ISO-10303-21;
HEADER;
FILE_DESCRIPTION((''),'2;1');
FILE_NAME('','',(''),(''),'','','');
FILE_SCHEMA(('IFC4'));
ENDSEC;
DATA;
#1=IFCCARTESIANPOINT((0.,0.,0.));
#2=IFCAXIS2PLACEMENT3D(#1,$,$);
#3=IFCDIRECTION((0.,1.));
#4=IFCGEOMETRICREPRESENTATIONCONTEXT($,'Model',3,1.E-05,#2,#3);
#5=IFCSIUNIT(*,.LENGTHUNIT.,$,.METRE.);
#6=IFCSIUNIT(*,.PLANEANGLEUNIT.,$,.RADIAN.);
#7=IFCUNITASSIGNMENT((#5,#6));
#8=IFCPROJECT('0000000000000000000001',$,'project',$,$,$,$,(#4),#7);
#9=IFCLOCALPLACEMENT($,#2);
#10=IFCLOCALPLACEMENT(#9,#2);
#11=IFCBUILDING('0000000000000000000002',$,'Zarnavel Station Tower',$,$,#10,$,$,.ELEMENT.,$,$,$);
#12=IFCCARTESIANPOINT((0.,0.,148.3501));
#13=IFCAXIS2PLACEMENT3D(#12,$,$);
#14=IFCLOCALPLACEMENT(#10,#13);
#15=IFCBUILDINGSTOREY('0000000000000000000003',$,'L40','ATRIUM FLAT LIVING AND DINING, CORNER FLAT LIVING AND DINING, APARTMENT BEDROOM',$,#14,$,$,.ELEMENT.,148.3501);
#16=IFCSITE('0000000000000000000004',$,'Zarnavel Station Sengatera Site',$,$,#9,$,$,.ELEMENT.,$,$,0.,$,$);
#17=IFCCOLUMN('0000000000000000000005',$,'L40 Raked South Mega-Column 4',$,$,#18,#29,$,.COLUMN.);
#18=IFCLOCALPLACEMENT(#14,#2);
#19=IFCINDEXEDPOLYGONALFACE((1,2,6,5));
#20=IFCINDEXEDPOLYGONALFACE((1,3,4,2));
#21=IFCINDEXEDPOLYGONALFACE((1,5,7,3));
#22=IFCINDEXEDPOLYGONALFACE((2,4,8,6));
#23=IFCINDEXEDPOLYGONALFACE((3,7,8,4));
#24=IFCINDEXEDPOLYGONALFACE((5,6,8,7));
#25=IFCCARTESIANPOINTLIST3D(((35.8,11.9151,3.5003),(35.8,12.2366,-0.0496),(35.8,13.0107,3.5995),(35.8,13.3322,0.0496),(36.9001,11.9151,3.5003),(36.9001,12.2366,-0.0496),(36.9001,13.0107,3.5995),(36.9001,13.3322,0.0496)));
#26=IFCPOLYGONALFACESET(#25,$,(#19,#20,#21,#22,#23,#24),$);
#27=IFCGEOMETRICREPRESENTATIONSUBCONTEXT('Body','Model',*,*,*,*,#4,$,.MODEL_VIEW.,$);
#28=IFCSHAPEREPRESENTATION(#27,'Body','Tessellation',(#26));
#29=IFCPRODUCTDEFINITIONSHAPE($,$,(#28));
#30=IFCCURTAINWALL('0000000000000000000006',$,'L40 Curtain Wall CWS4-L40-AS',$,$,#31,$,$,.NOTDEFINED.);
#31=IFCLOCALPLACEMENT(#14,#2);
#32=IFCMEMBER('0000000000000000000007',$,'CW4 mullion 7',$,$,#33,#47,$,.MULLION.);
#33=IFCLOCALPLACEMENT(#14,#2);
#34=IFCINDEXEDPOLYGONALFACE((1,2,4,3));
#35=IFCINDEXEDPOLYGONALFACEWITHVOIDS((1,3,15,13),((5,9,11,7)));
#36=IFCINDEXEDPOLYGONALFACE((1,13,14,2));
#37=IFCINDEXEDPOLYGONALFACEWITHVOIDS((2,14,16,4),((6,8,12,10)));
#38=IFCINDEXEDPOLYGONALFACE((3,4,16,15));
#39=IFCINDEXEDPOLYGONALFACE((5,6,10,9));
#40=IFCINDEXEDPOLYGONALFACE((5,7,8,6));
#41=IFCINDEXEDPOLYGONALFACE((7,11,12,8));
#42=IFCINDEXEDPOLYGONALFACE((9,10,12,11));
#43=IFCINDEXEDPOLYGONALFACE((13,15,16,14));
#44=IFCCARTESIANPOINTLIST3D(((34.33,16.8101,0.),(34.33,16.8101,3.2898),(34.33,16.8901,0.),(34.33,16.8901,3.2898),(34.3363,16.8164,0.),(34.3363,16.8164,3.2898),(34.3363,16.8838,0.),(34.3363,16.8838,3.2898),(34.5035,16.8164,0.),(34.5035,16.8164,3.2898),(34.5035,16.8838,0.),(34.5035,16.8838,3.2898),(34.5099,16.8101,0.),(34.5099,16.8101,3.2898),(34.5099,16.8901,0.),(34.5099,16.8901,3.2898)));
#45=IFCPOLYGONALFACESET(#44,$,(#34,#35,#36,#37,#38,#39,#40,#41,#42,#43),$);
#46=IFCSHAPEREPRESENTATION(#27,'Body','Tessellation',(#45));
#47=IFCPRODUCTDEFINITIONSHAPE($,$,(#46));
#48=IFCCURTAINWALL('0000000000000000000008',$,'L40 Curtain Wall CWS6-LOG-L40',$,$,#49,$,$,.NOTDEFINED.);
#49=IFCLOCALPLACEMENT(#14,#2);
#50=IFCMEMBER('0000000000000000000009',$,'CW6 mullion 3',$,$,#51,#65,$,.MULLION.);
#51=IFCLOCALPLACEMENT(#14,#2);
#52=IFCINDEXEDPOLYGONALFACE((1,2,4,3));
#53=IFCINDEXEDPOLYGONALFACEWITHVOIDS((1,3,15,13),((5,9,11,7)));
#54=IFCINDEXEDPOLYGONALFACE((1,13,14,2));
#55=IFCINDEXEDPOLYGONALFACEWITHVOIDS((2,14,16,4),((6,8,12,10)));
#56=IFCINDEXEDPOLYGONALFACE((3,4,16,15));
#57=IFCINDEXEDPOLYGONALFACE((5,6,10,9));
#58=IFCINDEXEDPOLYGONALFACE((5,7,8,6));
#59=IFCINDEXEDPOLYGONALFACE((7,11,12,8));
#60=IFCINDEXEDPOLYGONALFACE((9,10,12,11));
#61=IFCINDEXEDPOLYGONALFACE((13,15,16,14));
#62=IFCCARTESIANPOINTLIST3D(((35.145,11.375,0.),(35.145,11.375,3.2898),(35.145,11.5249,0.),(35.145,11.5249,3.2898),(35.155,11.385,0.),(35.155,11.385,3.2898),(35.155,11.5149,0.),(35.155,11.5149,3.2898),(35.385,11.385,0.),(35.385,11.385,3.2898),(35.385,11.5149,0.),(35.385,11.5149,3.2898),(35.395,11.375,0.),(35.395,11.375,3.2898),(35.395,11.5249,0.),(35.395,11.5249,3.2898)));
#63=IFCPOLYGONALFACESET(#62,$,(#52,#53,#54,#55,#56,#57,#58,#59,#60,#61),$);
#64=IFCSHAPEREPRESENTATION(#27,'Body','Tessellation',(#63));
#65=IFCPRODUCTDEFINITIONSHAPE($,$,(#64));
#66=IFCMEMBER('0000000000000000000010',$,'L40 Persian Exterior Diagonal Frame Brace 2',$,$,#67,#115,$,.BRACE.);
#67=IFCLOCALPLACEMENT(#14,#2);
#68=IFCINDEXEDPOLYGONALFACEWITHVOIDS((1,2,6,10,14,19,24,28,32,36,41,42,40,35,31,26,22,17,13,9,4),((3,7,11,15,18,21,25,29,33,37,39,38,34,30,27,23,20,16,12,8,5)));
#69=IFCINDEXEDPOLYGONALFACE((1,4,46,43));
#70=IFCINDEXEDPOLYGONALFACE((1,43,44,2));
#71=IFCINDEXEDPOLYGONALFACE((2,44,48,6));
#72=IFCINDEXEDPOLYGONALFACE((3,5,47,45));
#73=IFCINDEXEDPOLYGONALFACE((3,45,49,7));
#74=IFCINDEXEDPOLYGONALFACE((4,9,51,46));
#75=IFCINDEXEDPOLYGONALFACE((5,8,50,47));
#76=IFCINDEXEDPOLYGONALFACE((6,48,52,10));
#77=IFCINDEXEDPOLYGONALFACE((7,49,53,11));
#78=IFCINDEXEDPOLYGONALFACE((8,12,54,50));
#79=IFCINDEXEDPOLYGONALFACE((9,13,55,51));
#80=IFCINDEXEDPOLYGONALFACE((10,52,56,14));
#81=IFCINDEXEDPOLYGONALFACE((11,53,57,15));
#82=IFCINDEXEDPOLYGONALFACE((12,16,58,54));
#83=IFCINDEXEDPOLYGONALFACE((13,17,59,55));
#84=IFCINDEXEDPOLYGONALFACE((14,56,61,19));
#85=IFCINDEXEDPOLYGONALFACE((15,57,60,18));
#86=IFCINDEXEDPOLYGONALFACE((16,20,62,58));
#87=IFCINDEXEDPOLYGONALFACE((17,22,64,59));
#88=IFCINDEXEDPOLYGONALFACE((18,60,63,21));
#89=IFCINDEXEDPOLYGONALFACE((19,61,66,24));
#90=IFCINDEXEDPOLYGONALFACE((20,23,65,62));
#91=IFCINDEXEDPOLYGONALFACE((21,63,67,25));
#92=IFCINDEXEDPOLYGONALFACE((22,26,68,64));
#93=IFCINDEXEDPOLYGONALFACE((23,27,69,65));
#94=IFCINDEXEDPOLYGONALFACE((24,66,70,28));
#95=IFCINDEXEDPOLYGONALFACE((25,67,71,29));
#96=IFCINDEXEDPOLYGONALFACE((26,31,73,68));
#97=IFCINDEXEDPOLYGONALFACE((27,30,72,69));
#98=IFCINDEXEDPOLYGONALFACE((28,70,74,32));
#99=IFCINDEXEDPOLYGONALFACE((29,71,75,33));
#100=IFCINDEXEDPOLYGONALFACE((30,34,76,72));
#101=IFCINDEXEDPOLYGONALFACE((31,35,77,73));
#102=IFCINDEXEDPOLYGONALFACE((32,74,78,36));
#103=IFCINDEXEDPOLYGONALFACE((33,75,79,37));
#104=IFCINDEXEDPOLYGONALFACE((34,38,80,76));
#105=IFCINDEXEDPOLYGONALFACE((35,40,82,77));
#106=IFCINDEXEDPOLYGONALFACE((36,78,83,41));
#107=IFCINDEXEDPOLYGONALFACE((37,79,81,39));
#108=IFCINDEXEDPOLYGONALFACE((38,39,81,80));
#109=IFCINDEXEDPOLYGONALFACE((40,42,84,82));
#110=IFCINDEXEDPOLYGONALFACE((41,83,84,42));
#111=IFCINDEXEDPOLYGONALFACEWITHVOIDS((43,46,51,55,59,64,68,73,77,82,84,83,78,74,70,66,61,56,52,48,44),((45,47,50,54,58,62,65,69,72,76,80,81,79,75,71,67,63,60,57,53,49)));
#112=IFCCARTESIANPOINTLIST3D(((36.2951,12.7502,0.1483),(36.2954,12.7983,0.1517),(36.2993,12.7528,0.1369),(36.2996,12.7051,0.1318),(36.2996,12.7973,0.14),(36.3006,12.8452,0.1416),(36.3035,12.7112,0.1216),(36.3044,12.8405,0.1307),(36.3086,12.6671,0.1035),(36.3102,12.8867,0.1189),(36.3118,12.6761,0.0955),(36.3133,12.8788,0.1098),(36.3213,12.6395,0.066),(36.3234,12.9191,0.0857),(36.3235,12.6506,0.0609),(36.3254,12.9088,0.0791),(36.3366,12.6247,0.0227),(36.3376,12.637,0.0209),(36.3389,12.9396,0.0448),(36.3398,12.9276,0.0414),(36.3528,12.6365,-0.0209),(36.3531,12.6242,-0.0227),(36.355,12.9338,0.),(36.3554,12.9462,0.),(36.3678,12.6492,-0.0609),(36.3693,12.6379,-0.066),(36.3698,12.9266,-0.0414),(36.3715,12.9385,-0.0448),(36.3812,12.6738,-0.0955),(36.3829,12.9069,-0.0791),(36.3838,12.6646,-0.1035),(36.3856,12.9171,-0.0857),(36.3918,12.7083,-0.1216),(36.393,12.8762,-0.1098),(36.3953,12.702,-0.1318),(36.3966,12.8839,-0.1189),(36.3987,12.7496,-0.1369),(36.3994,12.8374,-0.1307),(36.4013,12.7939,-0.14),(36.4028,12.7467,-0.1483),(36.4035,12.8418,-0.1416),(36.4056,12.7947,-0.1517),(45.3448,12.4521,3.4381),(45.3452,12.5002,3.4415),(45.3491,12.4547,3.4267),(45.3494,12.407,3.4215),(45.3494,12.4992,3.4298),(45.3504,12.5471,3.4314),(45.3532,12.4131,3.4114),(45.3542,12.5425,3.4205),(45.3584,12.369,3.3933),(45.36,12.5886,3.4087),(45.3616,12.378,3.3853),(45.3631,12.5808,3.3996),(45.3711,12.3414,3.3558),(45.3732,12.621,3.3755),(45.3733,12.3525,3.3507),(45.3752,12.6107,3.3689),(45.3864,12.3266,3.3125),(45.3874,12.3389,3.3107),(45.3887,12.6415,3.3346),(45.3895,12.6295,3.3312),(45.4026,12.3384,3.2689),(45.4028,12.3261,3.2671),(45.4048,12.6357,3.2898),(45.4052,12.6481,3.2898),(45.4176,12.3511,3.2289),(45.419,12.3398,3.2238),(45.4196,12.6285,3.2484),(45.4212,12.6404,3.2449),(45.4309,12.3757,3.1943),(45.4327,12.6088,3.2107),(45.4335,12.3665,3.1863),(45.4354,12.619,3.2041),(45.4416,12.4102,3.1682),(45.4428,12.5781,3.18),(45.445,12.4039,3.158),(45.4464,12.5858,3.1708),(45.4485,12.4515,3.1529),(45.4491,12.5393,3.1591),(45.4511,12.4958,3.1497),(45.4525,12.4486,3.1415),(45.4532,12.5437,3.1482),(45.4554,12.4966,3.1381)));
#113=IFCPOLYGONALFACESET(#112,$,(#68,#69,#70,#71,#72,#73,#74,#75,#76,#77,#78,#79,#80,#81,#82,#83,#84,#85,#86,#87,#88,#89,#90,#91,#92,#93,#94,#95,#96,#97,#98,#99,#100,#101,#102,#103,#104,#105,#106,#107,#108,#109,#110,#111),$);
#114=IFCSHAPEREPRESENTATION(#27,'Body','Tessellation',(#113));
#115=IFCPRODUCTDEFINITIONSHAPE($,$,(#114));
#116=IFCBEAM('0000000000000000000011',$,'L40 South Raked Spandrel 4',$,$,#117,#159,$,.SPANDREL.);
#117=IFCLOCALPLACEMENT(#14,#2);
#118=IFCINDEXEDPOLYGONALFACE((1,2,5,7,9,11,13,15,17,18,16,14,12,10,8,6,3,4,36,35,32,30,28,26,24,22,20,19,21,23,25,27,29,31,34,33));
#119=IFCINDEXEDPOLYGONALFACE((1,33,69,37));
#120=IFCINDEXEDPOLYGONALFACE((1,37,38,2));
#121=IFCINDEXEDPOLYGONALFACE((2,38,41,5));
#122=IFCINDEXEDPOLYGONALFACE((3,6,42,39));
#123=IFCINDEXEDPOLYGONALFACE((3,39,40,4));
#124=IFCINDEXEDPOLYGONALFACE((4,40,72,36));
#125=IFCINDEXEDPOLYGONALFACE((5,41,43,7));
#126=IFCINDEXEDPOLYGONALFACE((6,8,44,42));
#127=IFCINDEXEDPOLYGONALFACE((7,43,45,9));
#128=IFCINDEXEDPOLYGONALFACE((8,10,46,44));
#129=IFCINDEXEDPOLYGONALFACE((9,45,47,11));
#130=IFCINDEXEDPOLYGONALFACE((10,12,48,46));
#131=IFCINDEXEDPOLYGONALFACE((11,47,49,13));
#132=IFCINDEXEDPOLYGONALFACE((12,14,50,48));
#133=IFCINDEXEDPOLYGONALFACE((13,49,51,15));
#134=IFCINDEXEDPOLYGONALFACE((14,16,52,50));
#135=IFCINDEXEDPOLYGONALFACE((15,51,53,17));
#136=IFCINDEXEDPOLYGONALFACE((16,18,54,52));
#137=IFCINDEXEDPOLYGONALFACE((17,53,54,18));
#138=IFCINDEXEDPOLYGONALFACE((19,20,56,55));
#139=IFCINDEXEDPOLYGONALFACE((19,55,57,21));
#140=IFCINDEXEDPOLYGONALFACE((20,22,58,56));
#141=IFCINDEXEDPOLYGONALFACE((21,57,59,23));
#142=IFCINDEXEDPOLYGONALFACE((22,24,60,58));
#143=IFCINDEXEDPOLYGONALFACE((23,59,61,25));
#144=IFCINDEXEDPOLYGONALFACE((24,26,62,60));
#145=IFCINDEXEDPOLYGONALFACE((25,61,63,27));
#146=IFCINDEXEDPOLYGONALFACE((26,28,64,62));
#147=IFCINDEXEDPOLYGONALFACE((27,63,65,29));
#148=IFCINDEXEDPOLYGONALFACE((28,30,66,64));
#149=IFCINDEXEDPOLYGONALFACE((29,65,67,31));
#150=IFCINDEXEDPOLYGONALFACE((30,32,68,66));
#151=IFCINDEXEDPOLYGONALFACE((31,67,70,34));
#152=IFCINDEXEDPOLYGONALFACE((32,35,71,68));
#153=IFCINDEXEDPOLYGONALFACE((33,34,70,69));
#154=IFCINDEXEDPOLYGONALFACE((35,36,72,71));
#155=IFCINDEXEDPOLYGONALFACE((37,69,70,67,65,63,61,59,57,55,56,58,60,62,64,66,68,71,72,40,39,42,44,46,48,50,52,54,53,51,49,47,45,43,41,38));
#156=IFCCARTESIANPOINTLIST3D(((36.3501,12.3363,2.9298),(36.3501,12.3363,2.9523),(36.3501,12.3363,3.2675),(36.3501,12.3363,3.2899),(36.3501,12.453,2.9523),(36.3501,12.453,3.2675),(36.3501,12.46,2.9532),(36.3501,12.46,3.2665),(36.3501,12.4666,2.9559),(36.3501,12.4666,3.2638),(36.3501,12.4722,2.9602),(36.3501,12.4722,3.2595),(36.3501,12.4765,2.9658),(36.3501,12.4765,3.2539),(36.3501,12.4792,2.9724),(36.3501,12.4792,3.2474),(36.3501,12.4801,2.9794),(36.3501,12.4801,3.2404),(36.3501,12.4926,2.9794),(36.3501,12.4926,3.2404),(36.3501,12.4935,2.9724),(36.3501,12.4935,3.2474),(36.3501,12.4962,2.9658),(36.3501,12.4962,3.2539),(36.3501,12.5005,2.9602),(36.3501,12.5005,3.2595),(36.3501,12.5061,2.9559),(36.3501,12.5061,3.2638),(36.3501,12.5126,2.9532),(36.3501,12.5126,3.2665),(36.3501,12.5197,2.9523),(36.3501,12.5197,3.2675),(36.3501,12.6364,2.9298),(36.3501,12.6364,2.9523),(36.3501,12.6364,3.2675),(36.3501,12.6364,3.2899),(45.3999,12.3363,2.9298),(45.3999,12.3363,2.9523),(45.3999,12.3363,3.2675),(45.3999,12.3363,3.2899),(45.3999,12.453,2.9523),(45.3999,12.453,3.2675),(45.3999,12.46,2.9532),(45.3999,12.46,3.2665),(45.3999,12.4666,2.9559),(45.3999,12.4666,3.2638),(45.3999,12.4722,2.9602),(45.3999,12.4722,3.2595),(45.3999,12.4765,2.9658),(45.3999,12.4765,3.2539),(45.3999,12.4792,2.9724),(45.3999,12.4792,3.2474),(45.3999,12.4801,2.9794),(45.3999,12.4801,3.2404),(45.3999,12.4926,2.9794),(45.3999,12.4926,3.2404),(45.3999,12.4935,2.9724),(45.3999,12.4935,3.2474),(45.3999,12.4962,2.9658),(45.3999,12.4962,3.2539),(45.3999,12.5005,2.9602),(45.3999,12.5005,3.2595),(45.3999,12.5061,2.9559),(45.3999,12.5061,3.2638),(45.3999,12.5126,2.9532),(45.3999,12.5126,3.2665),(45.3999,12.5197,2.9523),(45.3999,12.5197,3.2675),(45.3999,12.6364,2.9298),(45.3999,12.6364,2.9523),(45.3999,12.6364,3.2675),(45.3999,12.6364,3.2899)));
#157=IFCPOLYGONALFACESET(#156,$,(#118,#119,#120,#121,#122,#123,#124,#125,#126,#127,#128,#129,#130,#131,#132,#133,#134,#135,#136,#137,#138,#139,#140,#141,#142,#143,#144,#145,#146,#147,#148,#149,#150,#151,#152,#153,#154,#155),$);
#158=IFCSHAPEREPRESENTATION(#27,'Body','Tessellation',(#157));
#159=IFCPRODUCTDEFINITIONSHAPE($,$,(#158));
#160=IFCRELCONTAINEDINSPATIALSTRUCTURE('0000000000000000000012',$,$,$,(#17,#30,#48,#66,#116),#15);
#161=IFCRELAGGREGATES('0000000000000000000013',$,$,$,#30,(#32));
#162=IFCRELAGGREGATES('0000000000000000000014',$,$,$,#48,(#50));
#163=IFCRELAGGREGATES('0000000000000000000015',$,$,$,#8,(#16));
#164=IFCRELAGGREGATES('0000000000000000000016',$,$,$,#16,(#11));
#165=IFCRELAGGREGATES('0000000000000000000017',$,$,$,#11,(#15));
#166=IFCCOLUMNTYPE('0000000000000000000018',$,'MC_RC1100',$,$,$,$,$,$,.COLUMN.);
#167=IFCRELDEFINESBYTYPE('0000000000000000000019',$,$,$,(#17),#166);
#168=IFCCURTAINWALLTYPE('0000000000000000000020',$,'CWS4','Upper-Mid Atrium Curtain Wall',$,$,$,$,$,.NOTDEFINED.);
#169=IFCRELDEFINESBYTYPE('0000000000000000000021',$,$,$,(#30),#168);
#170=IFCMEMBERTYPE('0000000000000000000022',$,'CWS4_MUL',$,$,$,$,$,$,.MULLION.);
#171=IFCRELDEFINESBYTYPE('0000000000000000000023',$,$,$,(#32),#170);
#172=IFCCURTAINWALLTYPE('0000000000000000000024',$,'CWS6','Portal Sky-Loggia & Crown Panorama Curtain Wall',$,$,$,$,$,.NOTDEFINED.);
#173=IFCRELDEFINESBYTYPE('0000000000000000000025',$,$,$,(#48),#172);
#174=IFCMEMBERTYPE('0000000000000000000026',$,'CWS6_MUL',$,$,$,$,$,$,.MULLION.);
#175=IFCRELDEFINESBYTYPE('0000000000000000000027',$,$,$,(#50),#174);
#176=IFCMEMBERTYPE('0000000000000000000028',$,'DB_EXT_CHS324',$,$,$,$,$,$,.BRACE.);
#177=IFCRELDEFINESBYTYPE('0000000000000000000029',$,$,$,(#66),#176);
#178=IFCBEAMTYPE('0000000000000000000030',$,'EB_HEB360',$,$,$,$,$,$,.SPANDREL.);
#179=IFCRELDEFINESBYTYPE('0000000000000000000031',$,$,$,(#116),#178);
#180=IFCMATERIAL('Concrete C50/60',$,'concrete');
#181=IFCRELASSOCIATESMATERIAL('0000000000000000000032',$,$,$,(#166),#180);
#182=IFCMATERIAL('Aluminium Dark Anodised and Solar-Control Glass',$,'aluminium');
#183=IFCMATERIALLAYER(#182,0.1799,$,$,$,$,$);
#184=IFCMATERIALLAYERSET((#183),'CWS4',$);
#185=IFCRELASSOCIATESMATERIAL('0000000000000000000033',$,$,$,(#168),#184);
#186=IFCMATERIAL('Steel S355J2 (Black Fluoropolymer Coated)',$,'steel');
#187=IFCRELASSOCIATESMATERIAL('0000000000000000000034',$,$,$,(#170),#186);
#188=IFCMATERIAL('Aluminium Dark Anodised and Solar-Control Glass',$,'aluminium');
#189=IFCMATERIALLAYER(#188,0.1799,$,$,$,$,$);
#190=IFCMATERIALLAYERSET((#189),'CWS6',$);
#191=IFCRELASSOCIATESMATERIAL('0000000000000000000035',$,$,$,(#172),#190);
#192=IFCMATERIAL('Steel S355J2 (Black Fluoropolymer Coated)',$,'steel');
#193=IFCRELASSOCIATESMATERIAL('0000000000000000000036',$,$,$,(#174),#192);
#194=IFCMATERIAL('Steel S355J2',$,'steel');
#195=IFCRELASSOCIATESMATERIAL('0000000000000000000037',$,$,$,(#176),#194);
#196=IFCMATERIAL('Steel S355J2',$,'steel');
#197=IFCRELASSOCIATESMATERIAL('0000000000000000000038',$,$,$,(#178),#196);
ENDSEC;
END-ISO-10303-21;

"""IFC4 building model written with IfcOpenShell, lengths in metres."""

from ifc_helpers import new_model, si_unit, direction, frame, origin, origin_2d, place, context, subcontext, project, spatial, rectangle, hollow_rectangle, hollow_circle, i_section, extrude, material, layer, layer_set, material_profile, profile_set, type_object, element, aggregate, save


model = new_model("IFC4")

# Units and contexts
model_context = context("Model", 3, precision=1e-05, world=origin(), true_north=direction((0.0, 1.0)))
body_context = subcontext(model_context, "Body", "Model", "MODEL_VIEW")
ifc_project = project(units=[si_unit("LENGTHUNIT", "METRE"), si_unit("PLANEANGLEUNIT", "RADIAN")], contexts=[model_context])

# Site, building, storey
site_placement = place(None, origin())
site = spatial("IfcSite", under=ifc_project, at=site_placement, Name="Zarnavel Station Sengatera Site", CompositionType="ELEMENT", RefElevation=0.0)
building_placement = place(site_placement, origin())
building = spatial("IfcBuilding", under=site, at=building_placement, Name="Zarnavel Station Tower", CompositionType="ELEMENT")
storey_placement = place(building_placement, frame((0.0, 0.0, 148.3501)))
storey = spatial("IfcBuildingStorey", under=building, at=storey_placement, Name="L40", Description="ATRIUM FLAT LIVING AND DINING, CORNER FLAT LIVING AND DINING, APARTMENT BEDROOM", CompositionType="ELEMENT", Elevation=148.3501)

# Column
ifc_material_1 = material(Name="Concrete C50/60", Category="concrete")
ifc_material_profile_1 = material_profile(ifc_material_1, rectangle(XDim=1.1001, YDim=1.1001, at=origin_2d()), Name="RC1100x1100")
ifc_profile_set_1 = profile_set([ifc_material_profile_1], Name="Concrete C50/60")
column_type = type_object("IfcColumnType", Name="MC_RC1100", PredefinedType="COLUMN", material=ifc_profile_set_1)
column_placement = place(storey_placement, frame((36.3501, 12.7844, 0.0), z_axis=(0.0, -0.090208, 0.995923), x_axis=(1.0, 0.0, 0.0)))
element("IfcColumn", 1, at=column_placement, inside=storey, type_object=column_type, Name="L40 Raked South Mega-Column 4", PredefinedType="COLUMN", context=body_context, shape_type="SweptSolid", body=[
    extrude(rectangle(XDim=1.1001, YDim=1.1001, at=origin_2d()), origin(), (0.0, 0.0, 1.0), 3.5645),
])

# Curtain walls, members
ifc_material_2 = material(Name="Aluminium Dark Anodised and Solar-Control Glass", Category="aluminium")
ifc_layer_1 = layer(ifc_material_2, 0.1799)
ifc_layer_set_1 = layer_set([ifc_layer_1], Name="CWS4")
curtain_wall_type_1 = type_object("IfcCurtainWallType", Name="CWS4", Description="Upper-Mid Atrium Curtain Wall", PredefinedType="NOTDEFINED", material=ifc_layer_set_1)
curtain_wall_1_placement = place(storey_placement, origin())
curtain_wall_1 = element("IfcCurtainWall", 2, at=curtain_wall_1_placement, inside=storey, type_object=curtain_wall_type_1, Name="L40 Curtain Wall CWS4-L40-AS", PredefinedType="NOTDEFINED")
ifc_material_3 = material(Name="Steel S355J2 (Black Fluoropolymer Coated)", Category="steel")
ifc_material_profile_2 = material_profile(ifc_material_3, hollow_rectangle(XDim=0.0801, YDim=0.1799, WallThickness=0.0063, at=origin_2d()), Name="RHS180x80x6.3")
ifc_profile_set_2 = profile_set([ifc_material_profile_2], Name="Steel S355J2 (Black Fluoropolymer Coated)")
member_type_1 = type_object("IfcMemberType", Name="CWS4_MUL", PredefinedType="MULLION", material=ifc_profile_set_2)
member_1_placement = place(storey_placement, frame((34.4199, 16.8501, 0.0), z_axis=(0.0, 0.0, 1.0), x_axis=(0.0, 1.0, 0.0)))
member_1 = element("IfcMember", 3, at=member_1_placement, type_object=member_type_1, Name="CW4 mullion 7", PredefinedType="MULLION", context=body_context, shape_type="SweptSolid", body=[
    extrude(hollow_rectangle(XDim=0.0801, YDim=0.1799, WallThickness=0.0063, at=origin_2d()), origin(), (0.0, 0.0, 1.0), 3.2898),
])
ifc_material_4 = material(Name="Aluminium Dark Anodised and Solar-Control Glass", Category="aluminium")
ifc_layer_2 = layer(ifc_material_4, 0.1799)
ifc_layer_set_2 = layer_set([ifc_layer_2], Name="CWS6")
curtain_wall_type_2 = type_object("IfcCurtainWallType", Name="CWS6", Description="Portal Sky-Loggia & Crown Panorama Curtain Wall", PredefinedType="NOTDEFINED", material=ifc_layer_set_2)
curtain_wall_2_placement = place(storey_placement, origin())
curtain_wall_2 = element("IfcCurtainWall", 4, at=curtain_wall_2_placement, inside=storey, type_object=curtain_wall_type_2, Name="L40 Curtain Wall CWS6-LOG-L40", PredefinedType="NOTDEFINED")
ifc_material_5 = material(Name="Steel S355J2 (Black Fluoropolymer Coated)", Category="steel")
ifc_material_profile_3 = material_profile(ifc_material_5, hollow_rectangle(XDim=0.1499, YDim=0.25, WallThickness=0.01, at=origin_2d()), Name="RHS250x150x10")
ifc_profile_set_3 = profile_set([ifc_material_profile_3], Name="Steel S355J2 (Black Fluoropolymer Coated)")
member_type_2 = type_object("IfcMemberType", Name="CWS6_MUL", PredefinedType="MULLION", material=ifc_profile_set_3)
member_2_placement = place(storey_placement, frame((35.27, 11.45, 0.0), z_axis=(0.0, 0.0, 1.0), x_axis=(0.0, 1.0, 0.0)))
member_2 = element("IfcMember", 5, at=member_2_placement, type_object=member_type_2, Name="CW6 mullion 3", PredefinedType="MULLION", context=body_context, shape_type="SweptSolid", body=[
    extrude(hollow_rectangle(XDim=0.1499, YDim=0.25, WallThickness=0.01, at=origin_2d()), origin(), (0.0, 0.0, 1.0), 3.2898),
])

# Member
ifc_material_6 = material(Name="Steel S355J2", Category="steel")
ifc_material_profile_4 = material_profile(ifc_material_6, hollow_circle(Radius=0.1619, WallThickness=0.0125, at=origin_2d()), Name="CHS323.9x12.5")
ifc_profile_set_4 = profile_set([ifc_material_profile_4], Name="Steel S355J2")
member_type_3 = type_object("IfcMemberType", Name="DB_EXT_CHS324", PredefinedType="BRACE", material=ifc_profile_set_4)
member_3_placement = place(storey_placement, frame((36.3501, 12.7844, 0.0), z_axis=(0.939378, -0.030943, 0.341484), x_axis=(0.032922, 0.999458, 0.0)))
element("IfcMember", 6, at=member_3_placement, inside=storey, type_object=member_type_3, Name="L40 Persian Exterior Diagonal Frame Brace 2", PredefinedType="BRACE", context=body_context, shape_type="SweptSolid", body=[
    extrude(hollow_circle(Radius=0.1619, WallThickness=0.0125, at=origin_2d()), origin(), (0.0, 0.0, 1.0), 9.6338),
])

# Beam
ifc_material_7 = material(Name="Steel S355J2", Category="steel")
ifc_material_profile_5 = material_profile(ifc_material_7, i_section(OverallWidth=0.3, OverallDepth=0.3601, WebThickness=0.0125, FlangeThickness=0.0225, FilletRadius=0.0271, at=origin_2d()), Name="HEB360")
ifc_profile_set_5 = profile_set([ifc_material_profile_5], Name="Steel S355J2")
beam_type_1 = type_object("IfcBeamType", Name="EB_HEB360", PredefinedType="SPANDREL", material=ifc_profile_set_5)
beam_1_placement = place(storey_placement, frame((36.3501, 12.4863, 3.1099), z_axis=(1.0, 0.0, 0.0), x_axis=(0.0, 1.0, 0.0)))
element("IfcBeam", 7, at=beam_1_placement, inside=storey, type_object=beam_type_1, Name="L40 South Raked Spandrel 4", PredefinedType="SPANDREL", context=body_context, shape_type="SweptSolid", body=[
    extrude(i_section(OverallWidth=0.3, OverallDepth=0.3601, WebThickness=0.0125, FlangeThickness=0.0225, FilletRadius=0.0271, at=origin_2d()), origin(), (0.0, 0.0, 1.0), 9.0498),
])

aggregate(curtain_wall_1, [member_1])
aggregate(curtain_wall_2, [member_2])

save(model, "model.ifc")
